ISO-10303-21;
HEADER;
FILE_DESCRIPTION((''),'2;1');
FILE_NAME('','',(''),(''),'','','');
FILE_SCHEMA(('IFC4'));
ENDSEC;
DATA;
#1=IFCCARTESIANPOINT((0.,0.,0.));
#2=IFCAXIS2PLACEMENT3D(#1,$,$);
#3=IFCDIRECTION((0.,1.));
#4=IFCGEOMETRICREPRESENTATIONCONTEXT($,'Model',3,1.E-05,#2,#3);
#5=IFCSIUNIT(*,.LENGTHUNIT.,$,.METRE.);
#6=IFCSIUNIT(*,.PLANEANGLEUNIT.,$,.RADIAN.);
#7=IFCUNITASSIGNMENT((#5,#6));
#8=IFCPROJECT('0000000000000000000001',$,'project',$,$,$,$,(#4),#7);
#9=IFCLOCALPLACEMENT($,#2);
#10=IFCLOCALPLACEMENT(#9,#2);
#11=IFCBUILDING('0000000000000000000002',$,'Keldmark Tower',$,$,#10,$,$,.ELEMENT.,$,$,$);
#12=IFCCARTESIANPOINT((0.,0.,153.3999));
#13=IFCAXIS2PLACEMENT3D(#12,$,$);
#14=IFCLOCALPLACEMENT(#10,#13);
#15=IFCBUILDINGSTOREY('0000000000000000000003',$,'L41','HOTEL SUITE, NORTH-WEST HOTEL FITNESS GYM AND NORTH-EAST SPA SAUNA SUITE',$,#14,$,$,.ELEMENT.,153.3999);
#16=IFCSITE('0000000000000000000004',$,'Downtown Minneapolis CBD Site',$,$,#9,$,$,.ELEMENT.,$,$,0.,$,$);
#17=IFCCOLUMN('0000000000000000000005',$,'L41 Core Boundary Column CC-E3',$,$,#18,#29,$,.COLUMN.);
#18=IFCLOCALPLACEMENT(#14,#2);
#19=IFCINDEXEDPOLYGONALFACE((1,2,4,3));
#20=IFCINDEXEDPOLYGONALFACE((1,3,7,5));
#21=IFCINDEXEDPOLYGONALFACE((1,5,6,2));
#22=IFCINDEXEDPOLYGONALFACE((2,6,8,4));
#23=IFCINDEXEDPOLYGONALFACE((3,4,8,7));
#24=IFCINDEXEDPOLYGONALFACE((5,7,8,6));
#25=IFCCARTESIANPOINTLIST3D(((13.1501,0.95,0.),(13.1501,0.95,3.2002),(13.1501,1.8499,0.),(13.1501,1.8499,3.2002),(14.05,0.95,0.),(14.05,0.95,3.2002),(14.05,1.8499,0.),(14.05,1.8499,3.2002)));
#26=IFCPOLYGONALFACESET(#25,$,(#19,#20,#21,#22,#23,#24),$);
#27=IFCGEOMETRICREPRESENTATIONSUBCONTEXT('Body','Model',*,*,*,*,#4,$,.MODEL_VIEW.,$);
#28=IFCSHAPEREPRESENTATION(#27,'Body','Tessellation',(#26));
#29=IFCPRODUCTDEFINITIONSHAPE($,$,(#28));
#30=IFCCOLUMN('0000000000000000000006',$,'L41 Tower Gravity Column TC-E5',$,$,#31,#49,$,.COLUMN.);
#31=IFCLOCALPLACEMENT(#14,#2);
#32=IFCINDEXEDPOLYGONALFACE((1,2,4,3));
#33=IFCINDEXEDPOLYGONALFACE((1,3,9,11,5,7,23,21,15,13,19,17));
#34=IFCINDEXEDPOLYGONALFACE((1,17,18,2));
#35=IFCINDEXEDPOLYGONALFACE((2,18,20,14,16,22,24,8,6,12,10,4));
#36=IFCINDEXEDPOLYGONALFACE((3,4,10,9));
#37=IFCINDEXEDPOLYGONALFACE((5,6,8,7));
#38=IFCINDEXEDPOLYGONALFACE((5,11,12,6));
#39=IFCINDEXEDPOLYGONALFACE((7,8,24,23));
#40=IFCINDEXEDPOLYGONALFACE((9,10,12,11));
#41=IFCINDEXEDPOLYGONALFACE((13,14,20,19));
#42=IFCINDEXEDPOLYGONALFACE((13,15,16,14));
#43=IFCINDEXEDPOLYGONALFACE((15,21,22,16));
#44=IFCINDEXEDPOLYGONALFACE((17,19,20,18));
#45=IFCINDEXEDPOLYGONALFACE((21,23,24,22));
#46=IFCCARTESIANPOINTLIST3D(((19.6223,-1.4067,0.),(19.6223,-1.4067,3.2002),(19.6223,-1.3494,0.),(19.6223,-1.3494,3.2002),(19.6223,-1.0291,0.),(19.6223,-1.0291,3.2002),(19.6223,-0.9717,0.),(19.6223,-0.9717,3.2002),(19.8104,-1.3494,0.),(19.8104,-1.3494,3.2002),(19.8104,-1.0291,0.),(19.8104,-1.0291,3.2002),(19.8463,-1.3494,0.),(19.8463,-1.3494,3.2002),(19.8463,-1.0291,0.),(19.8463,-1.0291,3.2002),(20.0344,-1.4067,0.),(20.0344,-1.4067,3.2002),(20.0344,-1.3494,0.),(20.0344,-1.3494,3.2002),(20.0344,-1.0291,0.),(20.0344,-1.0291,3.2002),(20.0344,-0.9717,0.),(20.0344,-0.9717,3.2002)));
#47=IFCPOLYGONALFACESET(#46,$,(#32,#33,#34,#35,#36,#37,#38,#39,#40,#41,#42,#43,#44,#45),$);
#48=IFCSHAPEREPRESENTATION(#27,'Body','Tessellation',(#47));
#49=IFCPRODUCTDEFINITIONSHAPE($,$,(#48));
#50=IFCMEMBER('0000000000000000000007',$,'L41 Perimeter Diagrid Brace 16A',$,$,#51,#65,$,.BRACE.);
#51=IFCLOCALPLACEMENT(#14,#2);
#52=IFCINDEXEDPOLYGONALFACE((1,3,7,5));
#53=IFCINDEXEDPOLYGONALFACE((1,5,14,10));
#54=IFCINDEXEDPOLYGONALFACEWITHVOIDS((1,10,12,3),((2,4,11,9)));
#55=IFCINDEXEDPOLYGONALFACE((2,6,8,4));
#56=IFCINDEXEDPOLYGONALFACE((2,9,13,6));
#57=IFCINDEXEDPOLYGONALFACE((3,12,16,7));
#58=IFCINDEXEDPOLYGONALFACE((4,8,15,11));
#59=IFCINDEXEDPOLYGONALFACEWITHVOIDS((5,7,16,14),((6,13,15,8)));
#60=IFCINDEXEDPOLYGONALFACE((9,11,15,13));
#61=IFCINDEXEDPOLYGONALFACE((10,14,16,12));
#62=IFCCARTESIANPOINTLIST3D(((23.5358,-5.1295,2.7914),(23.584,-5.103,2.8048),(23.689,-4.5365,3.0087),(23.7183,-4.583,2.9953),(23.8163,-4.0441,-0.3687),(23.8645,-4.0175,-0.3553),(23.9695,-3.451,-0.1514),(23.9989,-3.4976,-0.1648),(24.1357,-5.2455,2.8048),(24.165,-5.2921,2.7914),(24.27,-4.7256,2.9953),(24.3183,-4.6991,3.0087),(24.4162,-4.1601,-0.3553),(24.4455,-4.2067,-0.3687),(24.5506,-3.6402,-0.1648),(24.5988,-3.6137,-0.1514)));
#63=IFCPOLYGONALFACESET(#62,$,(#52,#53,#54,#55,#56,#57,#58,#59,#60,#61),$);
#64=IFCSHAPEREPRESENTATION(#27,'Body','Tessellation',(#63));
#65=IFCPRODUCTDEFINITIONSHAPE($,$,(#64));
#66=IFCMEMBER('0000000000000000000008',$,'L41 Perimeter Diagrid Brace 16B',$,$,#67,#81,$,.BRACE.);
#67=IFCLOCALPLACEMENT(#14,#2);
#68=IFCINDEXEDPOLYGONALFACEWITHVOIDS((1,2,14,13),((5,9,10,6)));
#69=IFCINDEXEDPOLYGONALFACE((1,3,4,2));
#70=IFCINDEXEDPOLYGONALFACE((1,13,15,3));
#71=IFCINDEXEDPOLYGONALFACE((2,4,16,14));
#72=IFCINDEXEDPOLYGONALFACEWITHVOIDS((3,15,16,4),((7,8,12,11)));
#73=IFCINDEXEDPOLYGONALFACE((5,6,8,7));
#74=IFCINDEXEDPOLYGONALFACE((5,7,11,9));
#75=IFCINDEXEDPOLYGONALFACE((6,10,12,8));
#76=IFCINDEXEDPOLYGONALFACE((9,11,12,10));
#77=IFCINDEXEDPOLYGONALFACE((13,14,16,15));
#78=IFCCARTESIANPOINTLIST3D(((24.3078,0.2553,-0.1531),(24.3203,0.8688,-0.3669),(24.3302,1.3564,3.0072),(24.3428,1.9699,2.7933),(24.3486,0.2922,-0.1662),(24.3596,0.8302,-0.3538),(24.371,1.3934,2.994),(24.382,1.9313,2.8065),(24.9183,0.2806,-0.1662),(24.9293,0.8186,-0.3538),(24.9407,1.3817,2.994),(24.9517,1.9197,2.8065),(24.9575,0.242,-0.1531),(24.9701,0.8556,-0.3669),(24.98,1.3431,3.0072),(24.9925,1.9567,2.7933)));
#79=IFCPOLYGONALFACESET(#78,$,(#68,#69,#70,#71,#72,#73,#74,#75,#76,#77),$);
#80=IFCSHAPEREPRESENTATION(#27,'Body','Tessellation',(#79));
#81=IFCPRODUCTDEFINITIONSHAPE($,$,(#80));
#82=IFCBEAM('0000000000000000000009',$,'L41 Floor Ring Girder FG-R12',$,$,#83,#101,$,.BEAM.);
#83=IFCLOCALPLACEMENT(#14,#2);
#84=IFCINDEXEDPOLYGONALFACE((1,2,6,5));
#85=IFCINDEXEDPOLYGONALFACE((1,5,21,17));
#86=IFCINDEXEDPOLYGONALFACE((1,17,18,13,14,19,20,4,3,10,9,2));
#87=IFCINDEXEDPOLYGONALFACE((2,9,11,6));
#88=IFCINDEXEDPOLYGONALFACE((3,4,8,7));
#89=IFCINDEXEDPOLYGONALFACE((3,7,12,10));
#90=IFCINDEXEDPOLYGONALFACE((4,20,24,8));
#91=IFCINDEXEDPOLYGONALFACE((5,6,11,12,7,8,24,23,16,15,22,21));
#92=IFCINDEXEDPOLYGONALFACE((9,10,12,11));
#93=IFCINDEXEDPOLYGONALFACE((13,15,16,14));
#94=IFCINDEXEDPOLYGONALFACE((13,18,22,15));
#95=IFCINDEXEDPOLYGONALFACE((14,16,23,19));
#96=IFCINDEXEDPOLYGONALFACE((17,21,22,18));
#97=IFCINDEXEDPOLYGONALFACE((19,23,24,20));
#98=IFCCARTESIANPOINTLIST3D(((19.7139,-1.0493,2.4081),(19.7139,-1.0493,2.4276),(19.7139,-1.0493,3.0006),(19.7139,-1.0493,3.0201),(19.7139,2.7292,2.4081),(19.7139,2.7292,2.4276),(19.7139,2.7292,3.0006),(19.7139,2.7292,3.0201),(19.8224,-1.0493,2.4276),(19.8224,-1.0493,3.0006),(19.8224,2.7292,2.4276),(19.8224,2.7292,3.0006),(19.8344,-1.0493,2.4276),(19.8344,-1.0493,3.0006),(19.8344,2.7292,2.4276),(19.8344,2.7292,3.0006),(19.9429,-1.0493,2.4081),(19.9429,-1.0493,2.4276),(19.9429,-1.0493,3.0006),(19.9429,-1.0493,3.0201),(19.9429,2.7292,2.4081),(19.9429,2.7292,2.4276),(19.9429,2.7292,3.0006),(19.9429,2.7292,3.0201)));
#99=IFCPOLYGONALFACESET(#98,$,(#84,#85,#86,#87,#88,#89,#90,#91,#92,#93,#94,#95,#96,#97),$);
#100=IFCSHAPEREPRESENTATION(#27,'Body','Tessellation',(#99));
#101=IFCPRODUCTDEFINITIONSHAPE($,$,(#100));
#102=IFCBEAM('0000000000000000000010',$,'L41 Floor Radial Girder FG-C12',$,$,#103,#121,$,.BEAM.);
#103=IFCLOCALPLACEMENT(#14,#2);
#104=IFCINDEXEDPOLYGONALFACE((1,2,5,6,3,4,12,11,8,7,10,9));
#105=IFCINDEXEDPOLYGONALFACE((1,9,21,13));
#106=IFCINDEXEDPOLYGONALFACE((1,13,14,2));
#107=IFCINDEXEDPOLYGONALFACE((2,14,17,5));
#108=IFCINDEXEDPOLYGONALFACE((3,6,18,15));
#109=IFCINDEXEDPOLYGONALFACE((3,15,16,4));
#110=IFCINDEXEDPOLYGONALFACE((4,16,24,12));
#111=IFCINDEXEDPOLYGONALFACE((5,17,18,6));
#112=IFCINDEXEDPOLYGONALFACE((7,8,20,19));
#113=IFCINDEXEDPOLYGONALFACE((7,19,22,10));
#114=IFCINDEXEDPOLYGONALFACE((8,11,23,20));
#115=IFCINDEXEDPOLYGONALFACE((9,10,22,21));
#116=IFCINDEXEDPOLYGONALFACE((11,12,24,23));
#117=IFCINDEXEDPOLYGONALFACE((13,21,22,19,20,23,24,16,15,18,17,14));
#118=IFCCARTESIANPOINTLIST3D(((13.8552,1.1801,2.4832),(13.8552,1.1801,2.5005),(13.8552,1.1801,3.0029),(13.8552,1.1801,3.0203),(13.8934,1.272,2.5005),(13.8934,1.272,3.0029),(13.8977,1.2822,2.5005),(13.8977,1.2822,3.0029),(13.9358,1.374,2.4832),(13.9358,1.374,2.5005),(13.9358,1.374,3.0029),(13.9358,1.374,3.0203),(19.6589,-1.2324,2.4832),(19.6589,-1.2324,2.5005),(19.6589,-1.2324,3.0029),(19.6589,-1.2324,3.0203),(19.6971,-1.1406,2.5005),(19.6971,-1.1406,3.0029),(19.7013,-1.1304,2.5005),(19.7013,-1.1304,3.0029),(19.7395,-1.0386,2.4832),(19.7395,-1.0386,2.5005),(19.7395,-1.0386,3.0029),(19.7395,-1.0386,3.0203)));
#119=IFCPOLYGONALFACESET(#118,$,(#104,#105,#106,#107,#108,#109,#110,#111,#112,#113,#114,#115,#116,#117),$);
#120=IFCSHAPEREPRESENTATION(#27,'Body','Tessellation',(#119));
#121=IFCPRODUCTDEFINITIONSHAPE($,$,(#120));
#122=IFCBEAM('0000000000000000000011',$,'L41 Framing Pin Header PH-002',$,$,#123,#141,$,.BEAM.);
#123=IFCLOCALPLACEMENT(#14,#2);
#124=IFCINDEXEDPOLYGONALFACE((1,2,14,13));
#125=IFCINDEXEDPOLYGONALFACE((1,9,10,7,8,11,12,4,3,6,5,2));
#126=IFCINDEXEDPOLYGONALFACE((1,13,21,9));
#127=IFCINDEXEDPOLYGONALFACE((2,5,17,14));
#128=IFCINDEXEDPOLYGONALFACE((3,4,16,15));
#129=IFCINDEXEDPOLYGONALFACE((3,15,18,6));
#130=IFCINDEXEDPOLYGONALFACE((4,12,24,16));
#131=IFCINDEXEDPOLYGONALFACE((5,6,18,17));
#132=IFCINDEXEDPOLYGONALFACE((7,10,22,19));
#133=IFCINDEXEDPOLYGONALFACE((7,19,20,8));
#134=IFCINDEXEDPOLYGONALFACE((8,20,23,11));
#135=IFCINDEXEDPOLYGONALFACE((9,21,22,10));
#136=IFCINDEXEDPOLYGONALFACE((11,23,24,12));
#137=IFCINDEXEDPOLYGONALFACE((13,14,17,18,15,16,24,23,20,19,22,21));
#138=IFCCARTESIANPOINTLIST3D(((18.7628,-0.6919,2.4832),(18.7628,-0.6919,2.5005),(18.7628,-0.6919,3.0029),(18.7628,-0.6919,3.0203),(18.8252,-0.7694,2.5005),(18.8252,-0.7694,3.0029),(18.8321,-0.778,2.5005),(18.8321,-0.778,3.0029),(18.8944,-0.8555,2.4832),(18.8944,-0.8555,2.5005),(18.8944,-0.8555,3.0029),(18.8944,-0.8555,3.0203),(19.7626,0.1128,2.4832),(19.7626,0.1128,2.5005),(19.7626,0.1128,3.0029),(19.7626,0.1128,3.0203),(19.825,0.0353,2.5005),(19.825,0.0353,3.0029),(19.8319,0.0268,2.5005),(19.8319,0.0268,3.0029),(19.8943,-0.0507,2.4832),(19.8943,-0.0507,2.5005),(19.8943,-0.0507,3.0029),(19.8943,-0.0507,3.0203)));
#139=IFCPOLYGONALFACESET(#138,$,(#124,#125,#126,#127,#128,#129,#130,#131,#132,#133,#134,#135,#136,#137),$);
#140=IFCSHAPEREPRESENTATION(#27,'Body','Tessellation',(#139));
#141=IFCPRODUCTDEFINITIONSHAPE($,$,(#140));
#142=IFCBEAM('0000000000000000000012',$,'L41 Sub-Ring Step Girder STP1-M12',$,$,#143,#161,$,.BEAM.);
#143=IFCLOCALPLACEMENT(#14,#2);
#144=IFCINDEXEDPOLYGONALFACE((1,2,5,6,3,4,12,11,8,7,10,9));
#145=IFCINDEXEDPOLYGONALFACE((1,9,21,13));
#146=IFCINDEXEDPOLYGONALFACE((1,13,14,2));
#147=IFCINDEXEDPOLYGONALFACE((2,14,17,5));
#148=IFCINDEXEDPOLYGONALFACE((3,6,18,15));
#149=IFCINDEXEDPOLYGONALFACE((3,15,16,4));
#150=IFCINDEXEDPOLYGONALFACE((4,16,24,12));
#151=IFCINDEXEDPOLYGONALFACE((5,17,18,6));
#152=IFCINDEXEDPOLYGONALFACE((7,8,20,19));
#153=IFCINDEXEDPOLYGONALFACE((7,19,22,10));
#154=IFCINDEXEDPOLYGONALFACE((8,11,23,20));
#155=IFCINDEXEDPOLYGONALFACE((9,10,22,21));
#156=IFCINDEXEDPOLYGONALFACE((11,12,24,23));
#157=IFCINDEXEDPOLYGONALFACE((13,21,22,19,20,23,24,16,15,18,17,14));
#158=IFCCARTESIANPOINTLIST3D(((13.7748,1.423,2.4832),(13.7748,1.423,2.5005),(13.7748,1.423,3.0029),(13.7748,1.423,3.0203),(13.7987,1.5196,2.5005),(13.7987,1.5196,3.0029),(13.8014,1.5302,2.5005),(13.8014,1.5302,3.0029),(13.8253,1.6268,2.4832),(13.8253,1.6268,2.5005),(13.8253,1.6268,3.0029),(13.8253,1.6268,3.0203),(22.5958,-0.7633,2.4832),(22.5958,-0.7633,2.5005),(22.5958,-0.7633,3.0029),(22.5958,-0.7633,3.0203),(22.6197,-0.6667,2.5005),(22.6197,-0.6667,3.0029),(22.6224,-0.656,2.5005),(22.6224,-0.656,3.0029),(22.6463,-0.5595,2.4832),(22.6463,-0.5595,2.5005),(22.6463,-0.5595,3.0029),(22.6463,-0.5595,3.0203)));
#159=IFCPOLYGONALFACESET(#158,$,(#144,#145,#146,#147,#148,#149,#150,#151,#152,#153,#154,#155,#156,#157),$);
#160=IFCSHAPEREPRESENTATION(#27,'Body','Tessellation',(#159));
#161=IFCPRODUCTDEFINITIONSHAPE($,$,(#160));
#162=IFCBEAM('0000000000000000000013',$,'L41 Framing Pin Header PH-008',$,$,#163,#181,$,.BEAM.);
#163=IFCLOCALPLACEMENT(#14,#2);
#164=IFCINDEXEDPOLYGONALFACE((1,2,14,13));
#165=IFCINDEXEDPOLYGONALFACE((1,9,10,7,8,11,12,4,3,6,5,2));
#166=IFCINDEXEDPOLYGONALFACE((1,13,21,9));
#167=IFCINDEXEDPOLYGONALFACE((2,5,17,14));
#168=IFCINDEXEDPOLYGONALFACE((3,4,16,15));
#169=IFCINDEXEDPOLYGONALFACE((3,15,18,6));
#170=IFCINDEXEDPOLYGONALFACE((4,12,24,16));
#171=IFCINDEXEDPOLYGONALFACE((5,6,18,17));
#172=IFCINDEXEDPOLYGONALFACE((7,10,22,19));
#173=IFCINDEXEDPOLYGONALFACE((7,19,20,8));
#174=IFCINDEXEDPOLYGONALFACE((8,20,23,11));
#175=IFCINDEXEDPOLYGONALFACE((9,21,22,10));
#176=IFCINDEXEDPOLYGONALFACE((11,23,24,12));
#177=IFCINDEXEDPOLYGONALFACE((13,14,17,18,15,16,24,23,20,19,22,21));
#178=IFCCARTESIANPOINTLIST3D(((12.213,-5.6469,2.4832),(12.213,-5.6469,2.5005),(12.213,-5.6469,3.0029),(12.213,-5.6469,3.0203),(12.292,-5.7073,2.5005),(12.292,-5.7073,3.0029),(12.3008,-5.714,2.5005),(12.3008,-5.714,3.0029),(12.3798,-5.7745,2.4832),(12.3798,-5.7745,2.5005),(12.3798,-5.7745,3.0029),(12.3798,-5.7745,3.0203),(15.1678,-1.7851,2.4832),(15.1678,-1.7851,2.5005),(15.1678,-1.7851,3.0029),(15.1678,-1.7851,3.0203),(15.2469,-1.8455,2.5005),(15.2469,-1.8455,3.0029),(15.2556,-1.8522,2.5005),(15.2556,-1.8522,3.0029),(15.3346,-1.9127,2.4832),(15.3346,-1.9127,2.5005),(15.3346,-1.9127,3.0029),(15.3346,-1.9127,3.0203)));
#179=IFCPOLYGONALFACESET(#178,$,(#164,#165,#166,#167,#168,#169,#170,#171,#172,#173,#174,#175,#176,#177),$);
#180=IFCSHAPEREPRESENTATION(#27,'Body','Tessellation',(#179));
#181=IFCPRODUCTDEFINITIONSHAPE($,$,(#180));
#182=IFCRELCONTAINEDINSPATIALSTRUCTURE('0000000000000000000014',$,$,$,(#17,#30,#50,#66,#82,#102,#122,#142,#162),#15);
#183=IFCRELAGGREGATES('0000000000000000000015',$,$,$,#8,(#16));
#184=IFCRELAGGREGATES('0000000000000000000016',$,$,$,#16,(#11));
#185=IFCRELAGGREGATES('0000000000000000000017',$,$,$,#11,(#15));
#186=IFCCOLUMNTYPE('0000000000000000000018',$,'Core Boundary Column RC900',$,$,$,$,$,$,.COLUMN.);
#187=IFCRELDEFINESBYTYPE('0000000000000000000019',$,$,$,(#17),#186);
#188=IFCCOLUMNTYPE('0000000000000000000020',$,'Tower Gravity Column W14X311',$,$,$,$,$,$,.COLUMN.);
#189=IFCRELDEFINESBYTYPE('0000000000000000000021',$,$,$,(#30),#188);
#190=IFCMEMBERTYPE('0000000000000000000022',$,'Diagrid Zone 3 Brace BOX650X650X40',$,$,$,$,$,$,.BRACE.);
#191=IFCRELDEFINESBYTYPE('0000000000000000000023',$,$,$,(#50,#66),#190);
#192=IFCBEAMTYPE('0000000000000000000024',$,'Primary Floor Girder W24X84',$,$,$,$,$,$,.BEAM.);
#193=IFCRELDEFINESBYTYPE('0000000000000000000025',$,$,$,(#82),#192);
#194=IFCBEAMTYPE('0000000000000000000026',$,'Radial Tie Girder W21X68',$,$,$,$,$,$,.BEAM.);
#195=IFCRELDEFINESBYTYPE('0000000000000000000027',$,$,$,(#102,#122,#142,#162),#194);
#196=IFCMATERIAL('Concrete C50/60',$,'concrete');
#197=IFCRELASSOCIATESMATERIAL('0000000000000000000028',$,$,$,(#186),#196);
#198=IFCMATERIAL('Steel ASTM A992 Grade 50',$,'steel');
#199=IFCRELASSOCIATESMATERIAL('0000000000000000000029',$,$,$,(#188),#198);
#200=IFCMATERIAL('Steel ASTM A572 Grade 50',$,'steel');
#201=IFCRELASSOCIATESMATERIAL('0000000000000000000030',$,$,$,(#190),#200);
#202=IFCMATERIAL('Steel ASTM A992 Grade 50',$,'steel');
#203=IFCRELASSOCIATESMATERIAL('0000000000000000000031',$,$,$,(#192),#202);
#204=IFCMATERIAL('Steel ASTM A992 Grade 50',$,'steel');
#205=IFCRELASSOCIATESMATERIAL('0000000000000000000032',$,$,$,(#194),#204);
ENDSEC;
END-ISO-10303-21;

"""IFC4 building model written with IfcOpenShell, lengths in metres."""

from ifc_helpers import new_model, si_unit, direction, frame, origin, origin_2d, place, context, subcontext, project, spatial, rectangle, hollow_rectangle, i_section, extrude, material, material_profile, profile_set, type_object, element, save


model = new_model("IFC4")

# Units and contexts
model_context = context("Model", 3, precision=1e-05, world=origin(), true_north=direction((0.0, 1.0)))
body_context = subcontext(model_context, "Body", "Model", "MODEL_VIEW")
ifc_project = project(units=[si_unit("LENGTHUNIT", "METRE"), si_unit("PLANEANGLEUNIT", "RADIAN")], contexts=[model_context])

# Site, building, storey
site_placement = place(None, origin())
site = spatial("IfcSite", under=ifc_project, at=site_placement, Name="Downtown Minneapolis CBD Site", CompositionType="ELEMENT", RefElevation=0.0)
building_placement = place(site_placement, origin())
building = spatial("IfcBuilding", under=site, at=building_placement, Name="Keldmark Tower", CompositionType="ELEMENT")
storey_placement = place(building_placement, frame((0.0, 0.0, 153.3999)))
storey = spatial("IfcBuildingStorey", under=building, at=storey_placement, Name="L41", Description="HOTEL SUITE, NORTH-WEST HOTEL FITNESS GYM AND NORTH-EAST SPA SAUNA SUITE", CompositionType="ELEMENT", Elevation=153.3999)

# Columns
ifc_material_1 = material(Name="Concrete C50/60", Category="concrete")
ifc_material_profile_1 = material_profile(ifc_material_1, rectangle(XDim=0.8999, YDim=0.8999, at=origin_2d()), Name="RC900X900")
ifc_profile_set_1 = profile_set([ifc_material_profile_1], Name="Concrete C50/60")
column_type_1 = type_object("IfcColumnType", Name="Core Boundary Column RC900", PredefinedType="COLUMN", material=ifc_profile_set_1)
column_1_placement = place(storey_placement, frame((13.6001, 1.3999, 0.0), z_axis=(0.0, 0.0, 1.0), x_axis=(1.0, 0.0, 0.0)))
element("IfcColumn", 1, at=column_1_placement, inside=storey, type_object=column_type_1, Name="L41 Core Boundary Column CC-E3", PredefinedType="COLUMN", context=body_context, shape_type="SweptSolid", body=[
    extrude(rectangle(XDim=0.8999, YDim=0.8999, at=origin_2d()), origin(), (0.0, 0.0, 1.0), 3.2002),
])
ifc_material_2 = material(Name="Steel ASTM A992 Grade 50", Category="steel")
ifc_material_profile_2 = material_profile(ifc_material_2, i_section(OverallWidth=0.4121, OverallDepth=0.4351, WebThickness=0.0359, FlangeThickness=0.0574, at=origin_2d()), Name="W14X311")
ifc_profile_set_2 = profile_set([ifc_material_profile_2], Name="Steel ASTM A992 Grade 50")
column_type_2 = type_object("IfcColumnType", Name="Tower Gravity Column W14X311", PredefinedType="COLUMN", material=ifc_profile_set_2)
column_2_placement = place(storey_placement, frame((19.8284, -1.1892, 0.0), z_axis=(0.0, 0.0, 1.0), x_axis=(1.0, 0.0, 0.0)))
element("IfcColumn", 2, at=column_2_placement, inside=storey, type_object=column_type_2, Name="L41 Tower Gravity Column TC-E5", PredefinedType="COLUMN", context=body_context, shape_type="SweptSolid", body=[
    extrude(i_section(OverallWidth=0.4121, OverallDepth=0.4351, WebThickness=0.0359, FlangeThickness=0.0574, at=origin_2d()), origin(), (0.0, 0.0, 1.0), 3.2002),
])

# Members
ifc_material_3 = material(Name="Steel ASTM A572 Grade 50", Category="steel")
ifc_material_profile_3 = material_profile(ifc_material_3, hollow_rectangle(XDim=0.6499, YDim=0.6499, WallThickness=0.04, at=origin_2d()), Name="BOX650X650X40")
ifc_profile_set_3 = profile_set([ifc_material_profile_3], Name="Steel ASTM A572 Grade 50")
member_type = type_object("IfcMemberType", Name="Diagrid Zone 3 Brace BOX650X650X40", PredefinedType="BRACE", material=ifc_profile_set_3)
member_1_placement = place(storey_placement, frame((24.2075, -3.8289, -0.26), z_axis=(-0.083658, -0.323712, 0.94245), x_axis=(0.968191, -0.250214, 0.0)))
element("IfcMember", 3, at=member_1_placement, inside=storey, type_object=member_type, Name="L41 Perimeter Diagrid Brace 16A", PredefinedType="BRACE", context=body_context, shape_type="SweptSolid", body=[
    extrude(hollow_rectangle(XDim=0.6499, YDim=0.6499, WallThickness=0.04, at=origin_2d()), origin(), (0.0, 0.0, 1.0), 3.353),
])
member_2_placement = place(storey_placement, frame((24.6389, 0.5554, -0.26), z_axis=(0.006712, 0.329017, 0.9443), x_axis=(-0.999792, 0.020395, 0.0)))
element("IfcMember", 4, at=member_2_placement, inside=storey, type_object=member_type, Name="L41 Perimeter Diagrid Brace 16B", PredefinedType="BRACE", context=body_context, shape_type="SweptSolid", body=[
    extrude(hollow_rectangle(XDim=0.6499, YDim=0.6499, WallThickness=0.04, at=origin_2d()), origin(), (0.0, 0.0, 1.0), 3.3467),
])

# Beams
ifc_material_4 = material(Name="Steel ASTM A992 Grade 50", Category="steel")
ifc_material_profile_4 = material_profile(ifc_material_4, i_section(OverallWidth=0.229, OverallDepth=0.6121, WebThickness=0.012, FlangeThickness=0.0195, at=origin_2d()), Name="W24X84")
ifc_profile_set_4 = profile_set([ifc_material_profile_4], Name="Steel ASTM A992 Grade 50")
beam_type_1 = type_object("IfcBeamType", Name="Primary Floor Girder W24X84", PredefinedType="BEAM", material=ifc_profile_set_4)
beam_1_placement = place(storey_placement, frame((19.8284, -1.0493, 2.7141), z_axis=(0.0, 1.0, 0.0), x_axis=(-1.0, 0.0, 0.0)))
element("IfcBeam", 5, at=beam_1_placement, inside=storey, type_object=beam_type_1, Name="L41 Floor Ring Girder FG-R12", PredefinedType="BEAM", context=body_context, shape_type="SweptSolid", body=[
    extrude(i_section(OverallWidth=0.229, OverallDepth=0.6121, WebThickness=0.012, FlangeThickness=0.0195, at=origin_2d()), origin(), (0.0, 0.0, 1.0), 3.7786),
])
ifc_material_5 = material(Name="Steel ASTM A992 Grade 50", Category="steel")
ifc_material_profile_5 = material_profile(ifc_material_5, i_section(OverallWidth=0.21, OverallDepth=0.5371, WebThickness=0.011, FlangeThickness=0.0173, at=origin_2d()), Name="W21X68")
ifc_profile_set_5 = profile_set([ifc_material_profile_5], Name="Steel ASTM A992 Grade 50")
beam_type_2 = type_object("IfcBeamType", Name="Radial Tie Girder W21X68", PredefinedType="BEAM", material=ifc_profile_set_5)
beam_2_placement = place(storey_placement, frame((19.6992, -1.1355, 2.7517), z_axis=(-0.923394, 0.383854, 0.0), x_axis=(-0.383854, -0.923394, 0.0)))
element("IfcBeam", 6, at=beam_2_placement, inside=storey, type_object=beam_type_2, Name="L41 Floor Radial Girder FG-C12", PredefinedType="BEAM", context=body_context, shape_type="SweptSolid", body=[
    extrude(i_section(OverallWidth=0.21, OverallDepth=0.5371, WebThickness=0.011, FlangeThickness=0.0173, at=origin_2d()), origin(), (0.0, 0.0, 1.0), 6.2852),
])
beam_3_placement = place(storey_placement, frame((18.8286, -0.7737, 2.7517), z_axis=(0.779009, 0.627012, 0.0), x_axis=(-0.627012, 0.779009, 0.0)))
element("IfcBeam", 7, at=beam_3_placement, inside=storey, type_object=beam_type_2, Name="L41 Framing Pin Header PH-002", PredefinedType="BEAM", context=body_context, shape_type="SweptSolid", body=[
    extrude(i_section(OverallWidth=0.21, OverallDepth=0.5371, WebThickness=0.011, FlangeThickness=0.0173, at=origin_2d()), origin(), (0.0, 0.0, 1.0), 1.2834),
])
beam_4_placement = place(storey_placement, frame((13.8, 1.5249, 2.7517), z_axis=(0.970632, -0.240569, 0.0), x_axis=(0.240569, 0.970632, 0.0)))
element("IfcBeam", 8, at=beam_4_placement, inside=storey, type_object=beam_type_2, Name="L41 Sub-Ring Step Girder STP1-M12", PredefinedType="BEAM", context=body_context, shape_type="SweptSolid", body=[
    extrude(i_section(OverallWidth=0.21, OverallDepth=0.5371, WebThickness=0.011, FlangeThickness=0.0173, at=origin_2d()), origin(), (0.0, 0.0, 1.0), 9.0879),
])
beam_5_placement = place(storey_placement, frame((15.2512, -1.8489, 2.7517), z_axis=(-0.607668, -0.794191, 0.0), x_axis=(0.794191, -0.607668, 0.0)))
element("IfcBeam", 9, at=beam_5_placement, inside=storey, type_object=beam_type_2, Name="L41 Framing Pin Header PH-008", PredefinedType="BEAM", context=body_context, shape_type="SweptSolid", body=[
    extrude(i_section(OverallWidth=0.21, OverallDepth=0.5371, WebThickness=0.011, FlangeThickness=0.0173, at=origin_2d()), origin(), (0.0, 0.0, 1.0), 4.8625),
])

save(model, "model.ifc")
